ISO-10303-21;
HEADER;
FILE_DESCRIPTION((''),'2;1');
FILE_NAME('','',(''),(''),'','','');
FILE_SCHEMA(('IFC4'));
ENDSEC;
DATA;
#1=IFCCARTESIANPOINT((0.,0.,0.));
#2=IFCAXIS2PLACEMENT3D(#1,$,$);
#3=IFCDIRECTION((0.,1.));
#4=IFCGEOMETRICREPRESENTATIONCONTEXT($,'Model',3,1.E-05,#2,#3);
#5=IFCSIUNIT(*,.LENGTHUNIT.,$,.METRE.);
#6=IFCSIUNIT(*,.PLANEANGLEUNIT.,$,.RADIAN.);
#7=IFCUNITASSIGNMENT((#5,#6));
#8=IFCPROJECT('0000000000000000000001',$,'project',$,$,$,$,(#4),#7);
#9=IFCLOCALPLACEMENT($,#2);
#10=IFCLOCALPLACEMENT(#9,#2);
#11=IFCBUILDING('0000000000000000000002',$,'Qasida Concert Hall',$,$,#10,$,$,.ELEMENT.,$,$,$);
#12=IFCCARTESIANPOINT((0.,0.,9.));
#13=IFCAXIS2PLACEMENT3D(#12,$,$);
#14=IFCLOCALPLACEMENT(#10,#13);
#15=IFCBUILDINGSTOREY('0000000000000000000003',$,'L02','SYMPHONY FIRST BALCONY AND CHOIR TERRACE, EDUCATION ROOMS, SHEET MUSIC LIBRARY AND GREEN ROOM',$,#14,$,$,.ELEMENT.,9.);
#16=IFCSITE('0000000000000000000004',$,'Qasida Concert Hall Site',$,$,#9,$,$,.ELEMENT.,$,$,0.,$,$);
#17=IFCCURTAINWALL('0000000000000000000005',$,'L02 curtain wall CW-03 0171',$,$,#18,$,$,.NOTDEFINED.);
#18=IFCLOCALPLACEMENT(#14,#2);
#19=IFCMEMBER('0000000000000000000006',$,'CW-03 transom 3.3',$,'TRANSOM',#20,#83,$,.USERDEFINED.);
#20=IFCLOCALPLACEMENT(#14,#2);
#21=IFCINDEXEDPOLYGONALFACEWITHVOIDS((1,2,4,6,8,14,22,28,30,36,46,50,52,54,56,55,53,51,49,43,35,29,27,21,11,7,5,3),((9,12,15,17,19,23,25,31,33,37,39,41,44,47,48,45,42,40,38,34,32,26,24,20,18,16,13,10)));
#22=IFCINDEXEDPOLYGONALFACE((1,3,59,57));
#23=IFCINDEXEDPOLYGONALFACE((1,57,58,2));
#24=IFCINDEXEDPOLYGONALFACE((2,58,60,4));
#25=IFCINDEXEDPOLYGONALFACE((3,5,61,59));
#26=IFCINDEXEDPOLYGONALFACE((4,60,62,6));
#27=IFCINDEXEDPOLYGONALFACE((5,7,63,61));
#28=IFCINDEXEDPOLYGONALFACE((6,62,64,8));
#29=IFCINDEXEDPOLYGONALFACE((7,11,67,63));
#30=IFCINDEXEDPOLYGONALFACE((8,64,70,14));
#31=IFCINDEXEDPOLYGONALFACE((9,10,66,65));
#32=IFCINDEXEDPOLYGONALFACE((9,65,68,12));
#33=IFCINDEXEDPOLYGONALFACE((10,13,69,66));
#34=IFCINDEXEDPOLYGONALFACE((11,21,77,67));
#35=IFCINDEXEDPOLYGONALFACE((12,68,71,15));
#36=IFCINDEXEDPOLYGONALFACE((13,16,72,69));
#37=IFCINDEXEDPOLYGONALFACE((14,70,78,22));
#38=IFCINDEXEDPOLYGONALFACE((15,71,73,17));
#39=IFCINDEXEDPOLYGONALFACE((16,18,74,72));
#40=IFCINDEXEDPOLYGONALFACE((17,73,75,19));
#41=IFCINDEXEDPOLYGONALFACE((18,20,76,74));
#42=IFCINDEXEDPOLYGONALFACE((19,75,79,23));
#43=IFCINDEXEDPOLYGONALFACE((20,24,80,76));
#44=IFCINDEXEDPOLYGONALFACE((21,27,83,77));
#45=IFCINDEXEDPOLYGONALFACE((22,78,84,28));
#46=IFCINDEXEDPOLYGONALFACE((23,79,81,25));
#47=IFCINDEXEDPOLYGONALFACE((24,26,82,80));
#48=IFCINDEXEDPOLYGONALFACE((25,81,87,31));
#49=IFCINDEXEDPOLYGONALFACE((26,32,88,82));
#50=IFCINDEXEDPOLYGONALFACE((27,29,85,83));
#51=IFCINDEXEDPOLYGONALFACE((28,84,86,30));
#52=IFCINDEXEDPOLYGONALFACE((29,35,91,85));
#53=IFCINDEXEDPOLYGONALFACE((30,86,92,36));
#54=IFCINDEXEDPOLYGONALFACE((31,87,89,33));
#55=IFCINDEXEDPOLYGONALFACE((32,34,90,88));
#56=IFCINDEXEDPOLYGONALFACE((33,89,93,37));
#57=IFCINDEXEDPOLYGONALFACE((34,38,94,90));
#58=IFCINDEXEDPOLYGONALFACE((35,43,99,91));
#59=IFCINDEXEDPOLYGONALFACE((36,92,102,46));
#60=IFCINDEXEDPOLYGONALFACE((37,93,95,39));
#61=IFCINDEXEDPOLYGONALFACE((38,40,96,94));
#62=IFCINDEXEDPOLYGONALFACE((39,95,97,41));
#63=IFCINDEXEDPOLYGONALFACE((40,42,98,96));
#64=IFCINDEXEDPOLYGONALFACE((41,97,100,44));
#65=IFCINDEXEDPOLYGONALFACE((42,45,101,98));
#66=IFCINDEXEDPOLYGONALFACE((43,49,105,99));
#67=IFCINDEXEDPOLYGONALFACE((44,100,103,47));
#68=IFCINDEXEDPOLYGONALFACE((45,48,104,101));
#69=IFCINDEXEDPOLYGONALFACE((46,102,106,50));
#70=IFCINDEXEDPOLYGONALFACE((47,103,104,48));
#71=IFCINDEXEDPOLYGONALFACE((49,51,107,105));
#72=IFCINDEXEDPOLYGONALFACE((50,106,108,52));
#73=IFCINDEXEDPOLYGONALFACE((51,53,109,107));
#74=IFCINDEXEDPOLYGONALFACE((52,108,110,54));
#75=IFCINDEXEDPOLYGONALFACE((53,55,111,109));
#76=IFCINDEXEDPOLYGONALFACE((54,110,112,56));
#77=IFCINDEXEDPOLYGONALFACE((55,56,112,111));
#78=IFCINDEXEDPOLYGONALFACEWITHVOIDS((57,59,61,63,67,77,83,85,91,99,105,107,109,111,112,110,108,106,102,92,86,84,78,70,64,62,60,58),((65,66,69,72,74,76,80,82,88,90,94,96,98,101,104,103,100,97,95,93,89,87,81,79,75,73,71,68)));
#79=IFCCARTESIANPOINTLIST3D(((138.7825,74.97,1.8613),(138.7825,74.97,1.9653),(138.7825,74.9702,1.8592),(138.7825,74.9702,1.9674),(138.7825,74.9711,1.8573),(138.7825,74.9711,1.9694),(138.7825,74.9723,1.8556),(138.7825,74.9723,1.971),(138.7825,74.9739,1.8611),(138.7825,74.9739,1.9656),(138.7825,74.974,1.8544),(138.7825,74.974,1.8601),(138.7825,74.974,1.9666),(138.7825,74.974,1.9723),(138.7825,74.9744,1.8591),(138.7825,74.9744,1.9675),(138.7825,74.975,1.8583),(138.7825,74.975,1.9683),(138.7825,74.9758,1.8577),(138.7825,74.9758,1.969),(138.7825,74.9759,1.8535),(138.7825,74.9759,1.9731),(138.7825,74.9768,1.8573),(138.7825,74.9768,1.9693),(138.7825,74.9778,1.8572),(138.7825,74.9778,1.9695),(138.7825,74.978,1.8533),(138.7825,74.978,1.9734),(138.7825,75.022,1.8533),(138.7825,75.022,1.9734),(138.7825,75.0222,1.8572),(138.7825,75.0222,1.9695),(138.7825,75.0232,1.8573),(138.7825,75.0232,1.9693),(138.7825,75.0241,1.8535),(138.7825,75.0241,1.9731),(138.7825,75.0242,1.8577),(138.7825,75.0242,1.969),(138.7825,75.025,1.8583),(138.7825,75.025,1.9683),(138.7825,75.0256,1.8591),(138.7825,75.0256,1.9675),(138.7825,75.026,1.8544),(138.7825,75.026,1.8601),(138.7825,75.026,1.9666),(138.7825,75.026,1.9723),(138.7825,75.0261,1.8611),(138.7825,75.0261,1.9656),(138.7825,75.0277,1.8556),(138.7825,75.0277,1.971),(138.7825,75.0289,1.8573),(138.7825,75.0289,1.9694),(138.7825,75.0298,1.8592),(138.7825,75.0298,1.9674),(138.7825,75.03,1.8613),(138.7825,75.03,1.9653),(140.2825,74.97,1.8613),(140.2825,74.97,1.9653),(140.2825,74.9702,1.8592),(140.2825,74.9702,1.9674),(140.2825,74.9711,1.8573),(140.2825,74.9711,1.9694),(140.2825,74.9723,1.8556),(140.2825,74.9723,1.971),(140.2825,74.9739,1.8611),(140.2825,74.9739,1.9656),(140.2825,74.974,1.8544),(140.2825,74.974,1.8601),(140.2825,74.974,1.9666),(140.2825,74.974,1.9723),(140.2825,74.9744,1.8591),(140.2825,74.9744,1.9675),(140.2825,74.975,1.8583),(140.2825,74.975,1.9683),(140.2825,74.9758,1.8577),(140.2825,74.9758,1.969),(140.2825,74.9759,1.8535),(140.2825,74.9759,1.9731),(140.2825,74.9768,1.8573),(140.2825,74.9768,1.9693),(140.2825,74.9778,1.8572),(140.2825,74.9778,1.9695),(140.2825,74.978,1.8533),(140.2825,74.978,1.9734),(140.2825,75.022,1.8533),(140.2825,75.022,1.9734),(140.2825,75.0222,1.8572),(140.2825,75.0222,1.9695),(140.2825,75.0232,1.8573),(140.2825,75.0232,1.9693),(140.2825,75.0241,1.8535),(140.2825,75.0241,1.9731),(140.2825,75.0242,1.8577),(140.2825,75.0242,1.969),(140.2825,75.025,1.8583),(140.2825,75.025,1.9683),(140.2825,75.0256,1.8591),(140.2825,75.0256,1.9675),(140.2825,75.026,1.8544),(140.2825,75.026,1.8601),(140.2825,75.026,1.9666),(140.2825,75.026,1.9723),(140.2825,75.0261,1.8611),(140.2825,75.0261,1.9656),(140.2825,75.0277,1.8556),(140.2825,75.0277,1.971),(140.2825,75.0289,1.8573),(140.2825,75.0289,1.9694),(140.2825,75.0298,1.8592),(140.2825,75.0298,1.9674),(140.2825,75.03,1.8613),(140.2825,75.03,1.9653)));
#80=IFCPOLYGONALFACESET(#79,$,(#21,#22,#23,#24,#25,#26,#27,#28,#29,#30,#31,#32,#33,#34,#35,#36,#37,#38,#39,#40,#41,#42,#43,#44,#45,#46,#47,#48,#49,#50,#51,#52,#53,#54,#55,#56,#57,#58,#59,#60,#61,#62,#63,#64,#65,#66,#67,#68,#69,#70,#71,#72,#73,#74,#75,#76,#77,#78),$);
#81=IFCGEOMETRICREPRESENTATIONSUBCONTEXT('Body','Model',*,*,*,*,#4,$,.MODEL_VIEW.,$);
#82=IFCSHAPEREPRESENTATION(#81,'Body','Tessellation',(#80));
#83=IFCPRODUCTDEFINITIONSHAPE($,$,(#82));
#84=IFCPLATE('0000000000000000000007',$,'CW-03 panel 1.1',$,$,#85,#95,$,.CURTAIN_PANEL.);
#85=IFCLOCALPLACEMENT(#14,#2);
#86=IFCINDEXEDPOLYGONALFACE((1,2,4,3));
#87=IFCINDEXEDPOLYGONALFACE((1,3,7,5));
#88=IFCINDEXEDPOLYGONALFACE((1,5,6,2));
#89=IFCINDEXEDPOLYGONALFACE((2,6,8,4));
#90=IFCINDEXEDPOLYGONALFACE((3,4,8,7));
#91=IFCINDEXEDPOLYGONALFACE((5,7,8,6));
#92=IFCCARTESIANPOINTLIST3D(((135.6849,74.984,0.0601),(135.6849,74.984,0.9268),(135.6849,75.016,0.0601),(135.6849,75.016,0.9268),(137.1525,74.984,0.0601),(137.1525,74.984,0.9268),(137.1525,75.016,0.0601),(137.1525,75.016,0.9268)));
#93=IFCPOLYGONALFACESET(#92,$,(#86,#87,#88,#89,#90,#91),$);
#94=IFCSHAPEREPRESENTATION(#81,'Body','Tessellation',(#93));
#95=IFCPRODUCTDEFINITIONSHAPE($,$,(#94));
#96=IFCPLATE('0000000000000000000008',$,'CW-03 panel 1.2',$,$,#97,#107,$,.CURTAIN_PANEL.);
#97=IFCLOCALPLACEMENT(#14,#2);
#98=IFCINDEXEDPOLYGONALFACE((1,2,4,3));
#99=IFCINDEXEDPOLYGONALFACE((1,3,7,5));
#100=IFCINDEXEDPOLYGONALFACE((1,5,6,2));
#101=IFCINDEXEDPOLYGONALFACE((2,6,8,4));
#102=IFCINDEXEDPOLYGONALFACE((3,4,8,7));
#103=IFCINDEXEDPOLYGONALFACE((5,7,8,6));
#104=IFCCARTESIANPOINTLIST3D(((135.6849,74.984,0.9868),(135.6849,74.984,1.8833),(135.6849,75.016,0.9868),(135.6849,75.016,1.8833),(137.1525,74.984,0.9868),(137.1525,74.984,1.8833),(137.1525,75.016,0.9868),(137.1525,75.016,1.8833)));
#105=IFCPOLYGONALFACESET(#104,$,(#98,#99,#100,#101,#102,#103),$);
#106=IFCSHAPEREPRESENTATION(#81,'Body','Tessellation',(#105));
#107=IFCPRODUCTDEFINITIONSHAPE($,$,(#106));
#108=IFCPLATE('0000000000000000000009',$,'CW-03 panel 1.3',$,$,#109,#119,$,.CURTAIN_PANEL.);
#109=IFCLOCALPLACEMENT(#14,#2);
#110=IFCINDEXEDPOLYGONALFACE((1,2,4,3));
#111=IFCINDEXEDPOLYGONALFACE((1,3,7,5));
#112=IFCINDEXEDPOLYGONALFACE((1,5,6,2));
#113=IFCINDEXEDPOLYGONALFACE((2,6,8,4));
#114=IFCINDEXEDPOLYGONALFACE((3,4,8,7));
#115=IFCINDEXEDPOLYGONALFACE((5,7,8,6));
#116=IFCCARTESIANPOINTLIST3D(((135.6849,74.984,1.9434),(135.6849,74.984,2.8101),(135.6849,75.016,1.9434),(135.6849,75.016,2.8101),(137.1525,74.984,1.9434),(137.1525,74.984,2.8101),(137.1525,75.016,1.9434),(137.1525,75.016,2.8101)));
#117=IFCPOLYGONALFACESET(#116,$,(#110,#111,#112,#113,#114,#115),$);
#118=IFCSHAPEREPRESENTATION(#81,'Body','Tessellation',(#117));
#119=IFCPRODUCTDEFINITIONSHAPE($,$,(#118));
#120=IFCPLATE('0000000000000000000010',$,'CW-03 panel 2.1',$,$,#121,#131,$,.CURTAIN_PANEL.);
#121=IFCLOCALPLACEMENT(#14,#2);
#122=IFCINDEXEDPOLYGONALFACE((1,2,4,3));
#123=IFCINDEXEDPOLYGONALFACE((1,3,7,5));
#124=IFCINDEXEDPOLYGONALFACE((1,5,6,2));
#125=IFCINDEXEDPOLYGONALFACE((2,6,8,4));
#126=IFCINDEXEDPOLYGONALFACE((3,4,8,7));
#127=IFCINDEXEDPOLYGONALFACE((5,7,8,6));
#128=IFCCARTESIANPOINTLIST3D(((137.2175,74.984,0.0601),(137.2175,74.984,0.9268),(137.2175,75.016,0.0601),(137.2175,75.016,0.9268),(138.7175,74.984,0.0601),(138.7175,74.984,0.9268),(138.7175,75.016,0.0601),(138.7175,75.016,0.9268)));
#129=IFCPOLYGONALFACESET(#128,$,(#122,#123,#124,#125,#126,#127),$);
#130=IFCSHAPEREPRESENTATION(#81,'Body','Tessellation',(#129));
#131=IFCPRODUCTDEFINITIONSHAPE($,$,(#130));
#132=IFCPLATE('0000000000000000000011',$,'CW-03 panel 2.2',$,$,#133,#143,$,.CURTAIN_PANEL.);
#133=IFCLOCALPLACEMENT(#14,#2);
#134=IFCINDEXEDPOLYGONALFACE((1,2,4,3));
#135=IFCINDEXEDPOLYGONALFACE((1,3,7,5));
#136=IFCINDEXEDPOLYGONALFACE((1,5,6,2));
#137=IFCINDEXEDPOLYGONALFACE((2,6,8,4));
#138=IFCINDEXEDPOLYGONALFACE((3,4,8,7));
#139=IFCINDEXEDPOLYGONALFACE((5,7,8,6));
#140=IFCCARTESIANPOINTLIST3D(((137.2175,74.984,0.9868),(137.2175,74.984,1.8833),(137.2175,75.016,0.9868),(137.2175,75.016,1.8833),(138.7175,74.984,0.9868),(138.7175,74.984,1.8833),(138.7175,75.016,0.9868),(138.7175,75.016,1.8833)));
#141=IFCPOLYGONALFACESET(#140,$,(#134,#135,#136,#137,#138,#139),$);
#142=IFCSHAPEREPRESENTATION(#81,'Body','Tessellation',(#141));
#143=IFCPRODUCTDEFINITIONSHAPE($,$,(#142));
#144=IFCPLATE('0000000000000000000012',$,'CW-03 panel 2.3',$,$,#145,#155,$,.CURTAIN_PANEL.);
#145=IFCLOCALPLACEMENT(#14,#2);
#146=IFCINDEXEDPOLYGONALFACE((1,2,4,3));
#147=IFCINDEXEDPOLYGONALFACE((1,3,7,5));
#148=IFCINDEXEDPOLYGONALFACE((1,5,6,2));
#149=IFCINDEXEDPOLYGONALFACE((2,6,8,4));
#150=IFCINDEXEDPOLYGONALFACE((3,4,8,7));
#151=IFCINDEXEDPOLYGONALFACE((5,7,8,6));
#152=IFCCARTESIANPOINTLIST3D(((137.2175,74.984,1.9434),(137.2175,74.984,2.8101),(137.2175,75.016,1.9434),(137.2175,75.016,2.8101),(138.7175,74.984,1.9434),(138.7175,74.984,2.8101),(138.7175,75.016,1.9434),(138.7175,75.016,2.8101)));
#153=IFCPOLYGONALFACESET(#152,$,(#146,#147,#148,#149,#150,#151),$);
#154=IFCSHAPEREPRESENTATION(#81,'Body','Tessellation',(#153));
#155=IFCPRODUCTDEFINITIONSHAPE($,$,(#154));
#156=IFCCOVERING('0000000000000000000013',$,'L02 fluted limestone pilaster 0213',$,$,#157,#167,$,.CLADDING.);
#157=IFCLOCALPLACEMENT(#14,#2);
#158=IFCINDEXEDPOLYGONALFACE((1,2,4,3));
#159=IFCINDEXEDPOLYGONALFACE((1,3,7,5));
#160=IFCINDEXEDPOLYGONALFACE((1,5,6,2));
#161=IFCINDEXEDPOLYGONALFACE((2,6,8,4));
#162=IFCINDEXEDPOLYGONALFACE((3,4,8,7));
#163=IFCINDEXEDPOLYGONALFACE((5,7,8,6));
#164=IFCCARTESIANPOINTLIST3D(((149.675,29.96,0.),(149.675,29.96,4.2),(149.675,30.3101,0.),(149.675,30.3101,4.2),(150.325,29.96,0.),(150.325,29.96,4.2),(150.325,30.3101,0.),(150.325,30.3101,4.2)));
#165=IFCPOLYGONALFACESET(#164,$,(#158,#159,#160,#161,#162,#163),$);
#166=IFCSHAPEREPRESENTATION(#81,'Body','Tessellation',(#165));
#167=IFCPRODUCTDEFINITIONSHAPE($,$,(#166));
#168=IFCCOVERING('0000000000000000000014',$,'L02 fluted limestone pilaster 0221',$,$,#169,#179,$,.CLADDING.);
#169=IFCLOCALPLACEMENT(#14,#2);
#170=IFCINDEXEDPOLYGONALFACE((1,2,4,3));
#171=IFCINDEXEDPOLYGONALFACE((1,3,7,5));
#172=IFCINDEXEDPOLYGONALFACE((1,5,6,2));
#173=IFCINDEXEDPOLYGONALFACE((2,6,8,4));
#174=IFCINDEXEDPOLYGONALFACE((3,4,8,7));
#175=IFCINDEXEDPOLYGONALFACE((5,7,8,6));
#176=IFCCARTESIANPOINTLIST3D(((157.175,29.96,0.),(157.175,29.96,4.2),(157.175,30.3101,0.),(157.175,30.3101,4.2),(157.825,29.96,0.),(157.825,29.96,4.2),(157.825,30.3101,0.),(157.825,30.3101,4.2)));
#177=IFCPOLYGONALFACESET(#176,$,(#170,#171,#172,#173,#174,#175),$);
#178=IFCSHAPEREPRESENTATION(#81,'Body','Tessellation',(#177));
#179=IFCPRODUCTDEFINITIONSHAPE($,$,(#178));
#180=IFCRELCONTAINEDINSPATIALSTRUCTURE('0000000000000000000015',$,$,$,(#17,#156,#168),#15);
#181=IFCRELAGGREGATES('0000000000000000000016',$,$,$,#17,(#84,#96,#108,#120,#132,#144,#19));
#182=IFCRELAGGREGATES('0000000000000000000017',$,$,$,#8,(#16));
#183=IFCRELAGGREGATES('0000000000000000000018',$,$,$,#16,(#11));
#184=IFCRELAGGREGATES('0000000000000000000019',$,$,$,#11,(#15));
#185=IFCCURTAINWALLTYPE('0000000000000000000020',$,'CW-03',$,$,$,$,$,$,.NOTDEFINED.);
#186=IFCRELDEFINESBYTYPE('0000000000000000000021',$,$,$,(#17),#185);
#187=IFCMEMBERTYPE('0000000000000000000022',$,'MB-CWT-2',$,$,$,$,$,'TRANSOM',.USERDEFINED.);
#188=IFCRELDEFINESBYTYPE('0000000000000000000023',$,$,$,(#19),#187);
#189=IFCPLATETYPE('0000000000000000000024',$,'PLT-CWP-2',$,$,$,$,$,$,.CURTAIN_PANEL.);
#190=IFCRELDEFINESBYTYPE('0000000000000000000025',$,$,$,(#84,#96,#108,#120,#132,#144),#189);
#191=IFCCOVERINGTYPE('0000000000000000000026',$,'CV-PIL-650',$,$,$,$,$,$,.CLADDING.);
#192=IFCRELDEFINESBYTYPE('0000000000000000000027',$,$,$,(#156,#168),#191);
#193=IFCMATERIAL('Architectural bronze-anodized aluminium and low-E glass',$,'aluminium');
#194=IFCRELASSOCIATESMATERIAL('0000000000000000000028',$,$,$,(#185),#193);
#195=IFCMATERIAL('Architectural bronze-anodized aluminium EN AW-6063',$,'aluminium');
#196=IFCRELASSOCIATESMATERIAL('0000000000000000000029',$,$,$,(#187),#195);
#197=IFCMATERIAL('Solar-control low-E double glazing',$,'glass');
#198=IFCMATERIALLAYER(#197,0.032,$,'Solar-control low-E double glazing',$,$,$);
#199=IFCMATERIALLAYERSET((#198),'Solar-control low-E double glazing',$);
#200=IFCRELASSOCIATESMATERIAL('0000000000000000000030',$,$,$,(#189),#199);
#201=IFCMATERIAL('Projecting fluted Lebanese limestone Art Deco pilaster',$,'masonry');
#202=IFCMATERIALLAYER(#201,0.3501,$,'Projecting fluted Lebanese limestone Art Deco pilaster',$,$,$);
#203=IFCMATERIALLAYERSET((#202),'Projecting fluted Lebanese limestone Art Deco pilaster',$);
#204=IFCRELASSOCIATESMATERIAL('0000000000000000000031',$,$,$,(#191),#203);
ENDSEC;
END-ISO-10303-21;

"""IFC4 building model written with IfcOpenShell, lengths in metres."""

from ifc_helpers import new_model, si_unit, direction, frame, origin, origin_2d, place, context, subcontext, project, spatial, rectangle, hollow_rectangle, extrude, material, layer, layer_set, material_profile, profile_set, type_object, element, aggregate, save


model = new_model("IFC4")

# Units and contexts
model_context = context("Model", 3, precision=1e-05, world=origin(), true_north=direction((0.0, 1.0)))
body_context = subcontext(model_context, "Body", "Model", "MODEL_VIEW")
ifc_project = project(units=[si_unit("LENGTHUNIT", "METRE"), si_unit("PLANEANGLEUNIT", "RADIAN")], contexts=[model_context])

# Site, building, storey
site_placement = place(None, origin())
site = spatial("IfcSite", under=ifc_project, at=site_placement, Name="Qasida Concert Hall Site", CompositionType="ELEMENT", RefElevation=0.0)
building_placement = place(site_placement, origin())
building = spatial("IfcBuilding", under=site, at=building_placement, Name="Qasida Concert Hall", CompositionType="ELEMENT")
storey_placement = place(building_placement, frame((0.0, 0.0, 9.0)))
storey = spatial("IfcBuildingStorey", under=building, at=storey_placement, Name="L02", Description="SYMPHONY FIRST BALCONY AND CHOIR TERRACE, EDUCATION ROOMS, SHEET MUSIC LIBRARY AND GREEN ROOM", CompositionType="ELEMENT", Elevation=9.0)

# Curtain wall, member, plates
ifc_material_1 = material(Name="Architectural bronze-anodized aluminium and low-E glass", Category="aluminium")
curtain_wall_type = type_object("IfcCurtainWallType", Name="CW-03", PredefinedType="NOTDEFINED", material=ifc_material_1)
curtain_wall_placement = place(storey_placement, origin())
curtain_wall = element("IfcCurtainWall", 1, at=curtain_wall_placement, inside=storey, type_object=curtain_wall_type, Name="L02 curtain wall CW-03 0171", PredefinedType="NOTDEFINED")
ifc_material_2 = material(Name="Architectural bronze-anodized aluminium EN AW-6063", Category="aluminium")
ifc_material_profile_1 = material_profile(ifc_material_2, hollow_rectangle(XDim=0.0601, YDim=0.1201, WallThickness=0.0039, InnerFilletRadius=0.0039, OuterFilletRadius=0.0081, at=origin_2d()), Name="CWT 120x60x4")
ifc_profile_set_1 = profile_set([ifc_material_profile_1], Name="Architectural bronze-anodized aluminium EN AW-6063")
member_type_1 = type_object("IfcMemberType", Name="MB-CWT-2", ElementType="TRANSOM", PredefinedType="USERDEFINED", material=ifc_profile_set_1)
member_1_placement = place(storey_placement, frame((138.7825, 75.0, 1.9133), z_axis=(1.0, 0.0, 0.0), x_axis=(0.0, 1.0, 0.0)))
member_1 = element("IfcMember", 2, at=member_1_placement, type_object=member_type_1, Name="CW-03 transom 3.3", ObjectType="TRANSOM", PredefinedType="USERDEFINED", context=body_context, shape_type="SweptSolid", body=[
    extrude(hollow_rectangle(XDim=0.0601, YDim=0.1201, WallThickness=0.0039, InnerFilletRadius=0.0039, OuterFilletRadius=0.0081, at=origin_2d()), origin(), (0.0, 0.0, 1.0), 1.5),
])
ifc_material_3 = material(Name="Solar-control low-E double glazing", Category="glass")
ifc_layer_1 = layer(ifc_material_3, 0.032, Name="Solar-control low-E double glazing")
ifc_layer_set_1 = layer_set([ifc_layer_1], Name="Solar-control low-E double glazing")
plate_type = type_object("IfcPlateType", Name="PLT-CWP-2", PredefinedType="CURTAIN_PANEL", material=ifc_layer_set_1)
plate_1_placement = place(storey_placement, frame((136.4187, 75.0, 0.0601), z_axis=(0.0, 0.0, 1.0), x_axis=(1.0, 0.0, 0.0)))
plate_1 = element("IfcPlate", 3, at=plate_1_placement, type_object=plate_type, Name="CW-03 panel 1.1", PredefinedType="CURTAIN_PANEL", context=body_context, shape_type="SweptSolid", body=[
    extrude(rectangle(XDim=1.4675, YDim=0.032, at=origin_2d()), origin(), (0.0, 0.0, 1.0), 0.8667),
])
plate_2_placement = place(storey_placement, frame((136.4187, 75.0, 0.9868), z_axis=(0.0, 0.0, 1.0), x_axis=(1.0, 0.0, 0.0)))
plate_2 = element("IfcPlate", 4, at=plate_2_placement, type_object=plate_type, Name="CW-03 panel 1.2", PredefinedType="CURTAIN_PANEL", context=body_context, shape_type="SweptSolid", body=[
    extrude(rectangle(XDim=1.4675, YDim=0.032, at=origin_2d()), origin(), (0.0, 0.0, 1.0), 0.8965),
])
plate_3_placement = place(storey_placement, frame((136.4187, 75.0, 1.9434), z_axis=(0.0, 0.0, 1.0), x_axis=(1.0, 0.0, 0.0)))
plate_3 = element("IfcPlate", 5, at=plate_3_placement, type_object=plate_type, Name="CW-03 panel 1.3", PredefinedType="CURTAIN_PANEL", context=body_context, shape_type="SweptSolid", body=[
    extrude(rectangle(XDim=1.4675, YDim=0.032, at=origin_2d()), origin(), (0.0, 0.0, 1.0), 0.8667),
])
plate_4_placement = place(storey_placement, frame((137.9675, 75.0, 0.0601), z_axis=(0.0, 0.0, 1.0), x_axis=(1.0, 0.0, 0.0)))
plate_4 = element("IfcPlate", 6, at=plate_4_placement, type_object=plate_type, Name="CW-03 panel 2.1", PredefinedType="CURTAIN_PANEL", context=body_context, shape_type="SweptSolid", body=[
    extrude(rectangle(XDim=1.5, YDim=0.032, at=origin_2d()), origin(), (0.0, 0.0, 1.0), 0.8667),
])
plate_5_placement = place(storey_placement, frame((137.9675, 75.0, 0.9868), z_axis=(0.0, 0.0, 1.0), x_axis=(1.0, 0.0, 0.0)))
plate_5 = element("IfcPlate", 7, at=plate_5_placement, type_object=plate_type, Name="CW-03 panel 2.2", PredefinedType="CURTAIN_PANEL", context=body_context, shape_type="SweptSolid", body=[
    extrude(rectangle(XDim=1.5, YDim=0.032, at=origin_2d()), origin(), (0.0, 0.0, 1.0), 0.8965),
])
plate_6_placement = place(storey_placement, frame((137.9675, 75.0, 1.9434), z_axis=(0.0, 0.0, 1.0), x_axis=(1.0, 0.0, 0.0)))
plate_6 = element("IfcPlate", 8, at=plate_6_placement, type_object=plate_type, Name="CW-03 panel 2.3", PredefinedType="CURTAIN_PANEL", context=body_context, shape_type="SweptSolid", body=[
    extrude(rectangle(XDim=1.5, YDim=0.032, at=origin_2d()), origin(), (0.0, 0.0, 1.0), 0.8667),
])
aggregate(curtain_wall, [plate_1, plate_2, plate_3, plate_4, plate_5, plate_6, member_1])

# Coverings
ifc_material_4 = material(Name="Projecting fluted Lebanese limestone Art Deco pilaster", Category="masonry")
ifc_layer_2 = layer(ifc_material_4, 0.3501, Name="Projecting fluted Lebanese limestone Art Deco pilaster")
ifc_layer_set_2 = layer_set([ifc_layer_2], Name="Projecting fluted Lebanese limestone Art Deco pilaster")
covering_type = type_object("IfcCoveringType", Name="CV-PIL-650", PredefinedType="CLADDING", material=ifc_layer_set_2)
for number, where, z_axis, x_axis, name in (
    (9, (150.0, 30.135, 0.0), (0.0, 0.0, 1.0), (1.0, 0.0, 0.0), "L02 fluted limestone pilaster 0213"),
    (10, (157.5, 30.135, 0.0), (0.0, 0.0, 1.0), (1.0, 0.0, 0.0), "L02 fluted limestone pilaster 0221"),
):
    element("IfcCovering", number, at=place(storey_placement, frame(where, z_axis=z_axis, x_axis=x_axis)), inside=storey, type_object=covering_type, Name=name, PredefinedType="CLADDING", context=body_context, shape_type="SweptSolid", body=[
        extrude(rectangle(XDim=0.6499, YDim=0.3501, at=origin_2d()), origin(), (0.0, 0.0, 1.0), 4.2),
    ])

save(model, "model.ifc")
